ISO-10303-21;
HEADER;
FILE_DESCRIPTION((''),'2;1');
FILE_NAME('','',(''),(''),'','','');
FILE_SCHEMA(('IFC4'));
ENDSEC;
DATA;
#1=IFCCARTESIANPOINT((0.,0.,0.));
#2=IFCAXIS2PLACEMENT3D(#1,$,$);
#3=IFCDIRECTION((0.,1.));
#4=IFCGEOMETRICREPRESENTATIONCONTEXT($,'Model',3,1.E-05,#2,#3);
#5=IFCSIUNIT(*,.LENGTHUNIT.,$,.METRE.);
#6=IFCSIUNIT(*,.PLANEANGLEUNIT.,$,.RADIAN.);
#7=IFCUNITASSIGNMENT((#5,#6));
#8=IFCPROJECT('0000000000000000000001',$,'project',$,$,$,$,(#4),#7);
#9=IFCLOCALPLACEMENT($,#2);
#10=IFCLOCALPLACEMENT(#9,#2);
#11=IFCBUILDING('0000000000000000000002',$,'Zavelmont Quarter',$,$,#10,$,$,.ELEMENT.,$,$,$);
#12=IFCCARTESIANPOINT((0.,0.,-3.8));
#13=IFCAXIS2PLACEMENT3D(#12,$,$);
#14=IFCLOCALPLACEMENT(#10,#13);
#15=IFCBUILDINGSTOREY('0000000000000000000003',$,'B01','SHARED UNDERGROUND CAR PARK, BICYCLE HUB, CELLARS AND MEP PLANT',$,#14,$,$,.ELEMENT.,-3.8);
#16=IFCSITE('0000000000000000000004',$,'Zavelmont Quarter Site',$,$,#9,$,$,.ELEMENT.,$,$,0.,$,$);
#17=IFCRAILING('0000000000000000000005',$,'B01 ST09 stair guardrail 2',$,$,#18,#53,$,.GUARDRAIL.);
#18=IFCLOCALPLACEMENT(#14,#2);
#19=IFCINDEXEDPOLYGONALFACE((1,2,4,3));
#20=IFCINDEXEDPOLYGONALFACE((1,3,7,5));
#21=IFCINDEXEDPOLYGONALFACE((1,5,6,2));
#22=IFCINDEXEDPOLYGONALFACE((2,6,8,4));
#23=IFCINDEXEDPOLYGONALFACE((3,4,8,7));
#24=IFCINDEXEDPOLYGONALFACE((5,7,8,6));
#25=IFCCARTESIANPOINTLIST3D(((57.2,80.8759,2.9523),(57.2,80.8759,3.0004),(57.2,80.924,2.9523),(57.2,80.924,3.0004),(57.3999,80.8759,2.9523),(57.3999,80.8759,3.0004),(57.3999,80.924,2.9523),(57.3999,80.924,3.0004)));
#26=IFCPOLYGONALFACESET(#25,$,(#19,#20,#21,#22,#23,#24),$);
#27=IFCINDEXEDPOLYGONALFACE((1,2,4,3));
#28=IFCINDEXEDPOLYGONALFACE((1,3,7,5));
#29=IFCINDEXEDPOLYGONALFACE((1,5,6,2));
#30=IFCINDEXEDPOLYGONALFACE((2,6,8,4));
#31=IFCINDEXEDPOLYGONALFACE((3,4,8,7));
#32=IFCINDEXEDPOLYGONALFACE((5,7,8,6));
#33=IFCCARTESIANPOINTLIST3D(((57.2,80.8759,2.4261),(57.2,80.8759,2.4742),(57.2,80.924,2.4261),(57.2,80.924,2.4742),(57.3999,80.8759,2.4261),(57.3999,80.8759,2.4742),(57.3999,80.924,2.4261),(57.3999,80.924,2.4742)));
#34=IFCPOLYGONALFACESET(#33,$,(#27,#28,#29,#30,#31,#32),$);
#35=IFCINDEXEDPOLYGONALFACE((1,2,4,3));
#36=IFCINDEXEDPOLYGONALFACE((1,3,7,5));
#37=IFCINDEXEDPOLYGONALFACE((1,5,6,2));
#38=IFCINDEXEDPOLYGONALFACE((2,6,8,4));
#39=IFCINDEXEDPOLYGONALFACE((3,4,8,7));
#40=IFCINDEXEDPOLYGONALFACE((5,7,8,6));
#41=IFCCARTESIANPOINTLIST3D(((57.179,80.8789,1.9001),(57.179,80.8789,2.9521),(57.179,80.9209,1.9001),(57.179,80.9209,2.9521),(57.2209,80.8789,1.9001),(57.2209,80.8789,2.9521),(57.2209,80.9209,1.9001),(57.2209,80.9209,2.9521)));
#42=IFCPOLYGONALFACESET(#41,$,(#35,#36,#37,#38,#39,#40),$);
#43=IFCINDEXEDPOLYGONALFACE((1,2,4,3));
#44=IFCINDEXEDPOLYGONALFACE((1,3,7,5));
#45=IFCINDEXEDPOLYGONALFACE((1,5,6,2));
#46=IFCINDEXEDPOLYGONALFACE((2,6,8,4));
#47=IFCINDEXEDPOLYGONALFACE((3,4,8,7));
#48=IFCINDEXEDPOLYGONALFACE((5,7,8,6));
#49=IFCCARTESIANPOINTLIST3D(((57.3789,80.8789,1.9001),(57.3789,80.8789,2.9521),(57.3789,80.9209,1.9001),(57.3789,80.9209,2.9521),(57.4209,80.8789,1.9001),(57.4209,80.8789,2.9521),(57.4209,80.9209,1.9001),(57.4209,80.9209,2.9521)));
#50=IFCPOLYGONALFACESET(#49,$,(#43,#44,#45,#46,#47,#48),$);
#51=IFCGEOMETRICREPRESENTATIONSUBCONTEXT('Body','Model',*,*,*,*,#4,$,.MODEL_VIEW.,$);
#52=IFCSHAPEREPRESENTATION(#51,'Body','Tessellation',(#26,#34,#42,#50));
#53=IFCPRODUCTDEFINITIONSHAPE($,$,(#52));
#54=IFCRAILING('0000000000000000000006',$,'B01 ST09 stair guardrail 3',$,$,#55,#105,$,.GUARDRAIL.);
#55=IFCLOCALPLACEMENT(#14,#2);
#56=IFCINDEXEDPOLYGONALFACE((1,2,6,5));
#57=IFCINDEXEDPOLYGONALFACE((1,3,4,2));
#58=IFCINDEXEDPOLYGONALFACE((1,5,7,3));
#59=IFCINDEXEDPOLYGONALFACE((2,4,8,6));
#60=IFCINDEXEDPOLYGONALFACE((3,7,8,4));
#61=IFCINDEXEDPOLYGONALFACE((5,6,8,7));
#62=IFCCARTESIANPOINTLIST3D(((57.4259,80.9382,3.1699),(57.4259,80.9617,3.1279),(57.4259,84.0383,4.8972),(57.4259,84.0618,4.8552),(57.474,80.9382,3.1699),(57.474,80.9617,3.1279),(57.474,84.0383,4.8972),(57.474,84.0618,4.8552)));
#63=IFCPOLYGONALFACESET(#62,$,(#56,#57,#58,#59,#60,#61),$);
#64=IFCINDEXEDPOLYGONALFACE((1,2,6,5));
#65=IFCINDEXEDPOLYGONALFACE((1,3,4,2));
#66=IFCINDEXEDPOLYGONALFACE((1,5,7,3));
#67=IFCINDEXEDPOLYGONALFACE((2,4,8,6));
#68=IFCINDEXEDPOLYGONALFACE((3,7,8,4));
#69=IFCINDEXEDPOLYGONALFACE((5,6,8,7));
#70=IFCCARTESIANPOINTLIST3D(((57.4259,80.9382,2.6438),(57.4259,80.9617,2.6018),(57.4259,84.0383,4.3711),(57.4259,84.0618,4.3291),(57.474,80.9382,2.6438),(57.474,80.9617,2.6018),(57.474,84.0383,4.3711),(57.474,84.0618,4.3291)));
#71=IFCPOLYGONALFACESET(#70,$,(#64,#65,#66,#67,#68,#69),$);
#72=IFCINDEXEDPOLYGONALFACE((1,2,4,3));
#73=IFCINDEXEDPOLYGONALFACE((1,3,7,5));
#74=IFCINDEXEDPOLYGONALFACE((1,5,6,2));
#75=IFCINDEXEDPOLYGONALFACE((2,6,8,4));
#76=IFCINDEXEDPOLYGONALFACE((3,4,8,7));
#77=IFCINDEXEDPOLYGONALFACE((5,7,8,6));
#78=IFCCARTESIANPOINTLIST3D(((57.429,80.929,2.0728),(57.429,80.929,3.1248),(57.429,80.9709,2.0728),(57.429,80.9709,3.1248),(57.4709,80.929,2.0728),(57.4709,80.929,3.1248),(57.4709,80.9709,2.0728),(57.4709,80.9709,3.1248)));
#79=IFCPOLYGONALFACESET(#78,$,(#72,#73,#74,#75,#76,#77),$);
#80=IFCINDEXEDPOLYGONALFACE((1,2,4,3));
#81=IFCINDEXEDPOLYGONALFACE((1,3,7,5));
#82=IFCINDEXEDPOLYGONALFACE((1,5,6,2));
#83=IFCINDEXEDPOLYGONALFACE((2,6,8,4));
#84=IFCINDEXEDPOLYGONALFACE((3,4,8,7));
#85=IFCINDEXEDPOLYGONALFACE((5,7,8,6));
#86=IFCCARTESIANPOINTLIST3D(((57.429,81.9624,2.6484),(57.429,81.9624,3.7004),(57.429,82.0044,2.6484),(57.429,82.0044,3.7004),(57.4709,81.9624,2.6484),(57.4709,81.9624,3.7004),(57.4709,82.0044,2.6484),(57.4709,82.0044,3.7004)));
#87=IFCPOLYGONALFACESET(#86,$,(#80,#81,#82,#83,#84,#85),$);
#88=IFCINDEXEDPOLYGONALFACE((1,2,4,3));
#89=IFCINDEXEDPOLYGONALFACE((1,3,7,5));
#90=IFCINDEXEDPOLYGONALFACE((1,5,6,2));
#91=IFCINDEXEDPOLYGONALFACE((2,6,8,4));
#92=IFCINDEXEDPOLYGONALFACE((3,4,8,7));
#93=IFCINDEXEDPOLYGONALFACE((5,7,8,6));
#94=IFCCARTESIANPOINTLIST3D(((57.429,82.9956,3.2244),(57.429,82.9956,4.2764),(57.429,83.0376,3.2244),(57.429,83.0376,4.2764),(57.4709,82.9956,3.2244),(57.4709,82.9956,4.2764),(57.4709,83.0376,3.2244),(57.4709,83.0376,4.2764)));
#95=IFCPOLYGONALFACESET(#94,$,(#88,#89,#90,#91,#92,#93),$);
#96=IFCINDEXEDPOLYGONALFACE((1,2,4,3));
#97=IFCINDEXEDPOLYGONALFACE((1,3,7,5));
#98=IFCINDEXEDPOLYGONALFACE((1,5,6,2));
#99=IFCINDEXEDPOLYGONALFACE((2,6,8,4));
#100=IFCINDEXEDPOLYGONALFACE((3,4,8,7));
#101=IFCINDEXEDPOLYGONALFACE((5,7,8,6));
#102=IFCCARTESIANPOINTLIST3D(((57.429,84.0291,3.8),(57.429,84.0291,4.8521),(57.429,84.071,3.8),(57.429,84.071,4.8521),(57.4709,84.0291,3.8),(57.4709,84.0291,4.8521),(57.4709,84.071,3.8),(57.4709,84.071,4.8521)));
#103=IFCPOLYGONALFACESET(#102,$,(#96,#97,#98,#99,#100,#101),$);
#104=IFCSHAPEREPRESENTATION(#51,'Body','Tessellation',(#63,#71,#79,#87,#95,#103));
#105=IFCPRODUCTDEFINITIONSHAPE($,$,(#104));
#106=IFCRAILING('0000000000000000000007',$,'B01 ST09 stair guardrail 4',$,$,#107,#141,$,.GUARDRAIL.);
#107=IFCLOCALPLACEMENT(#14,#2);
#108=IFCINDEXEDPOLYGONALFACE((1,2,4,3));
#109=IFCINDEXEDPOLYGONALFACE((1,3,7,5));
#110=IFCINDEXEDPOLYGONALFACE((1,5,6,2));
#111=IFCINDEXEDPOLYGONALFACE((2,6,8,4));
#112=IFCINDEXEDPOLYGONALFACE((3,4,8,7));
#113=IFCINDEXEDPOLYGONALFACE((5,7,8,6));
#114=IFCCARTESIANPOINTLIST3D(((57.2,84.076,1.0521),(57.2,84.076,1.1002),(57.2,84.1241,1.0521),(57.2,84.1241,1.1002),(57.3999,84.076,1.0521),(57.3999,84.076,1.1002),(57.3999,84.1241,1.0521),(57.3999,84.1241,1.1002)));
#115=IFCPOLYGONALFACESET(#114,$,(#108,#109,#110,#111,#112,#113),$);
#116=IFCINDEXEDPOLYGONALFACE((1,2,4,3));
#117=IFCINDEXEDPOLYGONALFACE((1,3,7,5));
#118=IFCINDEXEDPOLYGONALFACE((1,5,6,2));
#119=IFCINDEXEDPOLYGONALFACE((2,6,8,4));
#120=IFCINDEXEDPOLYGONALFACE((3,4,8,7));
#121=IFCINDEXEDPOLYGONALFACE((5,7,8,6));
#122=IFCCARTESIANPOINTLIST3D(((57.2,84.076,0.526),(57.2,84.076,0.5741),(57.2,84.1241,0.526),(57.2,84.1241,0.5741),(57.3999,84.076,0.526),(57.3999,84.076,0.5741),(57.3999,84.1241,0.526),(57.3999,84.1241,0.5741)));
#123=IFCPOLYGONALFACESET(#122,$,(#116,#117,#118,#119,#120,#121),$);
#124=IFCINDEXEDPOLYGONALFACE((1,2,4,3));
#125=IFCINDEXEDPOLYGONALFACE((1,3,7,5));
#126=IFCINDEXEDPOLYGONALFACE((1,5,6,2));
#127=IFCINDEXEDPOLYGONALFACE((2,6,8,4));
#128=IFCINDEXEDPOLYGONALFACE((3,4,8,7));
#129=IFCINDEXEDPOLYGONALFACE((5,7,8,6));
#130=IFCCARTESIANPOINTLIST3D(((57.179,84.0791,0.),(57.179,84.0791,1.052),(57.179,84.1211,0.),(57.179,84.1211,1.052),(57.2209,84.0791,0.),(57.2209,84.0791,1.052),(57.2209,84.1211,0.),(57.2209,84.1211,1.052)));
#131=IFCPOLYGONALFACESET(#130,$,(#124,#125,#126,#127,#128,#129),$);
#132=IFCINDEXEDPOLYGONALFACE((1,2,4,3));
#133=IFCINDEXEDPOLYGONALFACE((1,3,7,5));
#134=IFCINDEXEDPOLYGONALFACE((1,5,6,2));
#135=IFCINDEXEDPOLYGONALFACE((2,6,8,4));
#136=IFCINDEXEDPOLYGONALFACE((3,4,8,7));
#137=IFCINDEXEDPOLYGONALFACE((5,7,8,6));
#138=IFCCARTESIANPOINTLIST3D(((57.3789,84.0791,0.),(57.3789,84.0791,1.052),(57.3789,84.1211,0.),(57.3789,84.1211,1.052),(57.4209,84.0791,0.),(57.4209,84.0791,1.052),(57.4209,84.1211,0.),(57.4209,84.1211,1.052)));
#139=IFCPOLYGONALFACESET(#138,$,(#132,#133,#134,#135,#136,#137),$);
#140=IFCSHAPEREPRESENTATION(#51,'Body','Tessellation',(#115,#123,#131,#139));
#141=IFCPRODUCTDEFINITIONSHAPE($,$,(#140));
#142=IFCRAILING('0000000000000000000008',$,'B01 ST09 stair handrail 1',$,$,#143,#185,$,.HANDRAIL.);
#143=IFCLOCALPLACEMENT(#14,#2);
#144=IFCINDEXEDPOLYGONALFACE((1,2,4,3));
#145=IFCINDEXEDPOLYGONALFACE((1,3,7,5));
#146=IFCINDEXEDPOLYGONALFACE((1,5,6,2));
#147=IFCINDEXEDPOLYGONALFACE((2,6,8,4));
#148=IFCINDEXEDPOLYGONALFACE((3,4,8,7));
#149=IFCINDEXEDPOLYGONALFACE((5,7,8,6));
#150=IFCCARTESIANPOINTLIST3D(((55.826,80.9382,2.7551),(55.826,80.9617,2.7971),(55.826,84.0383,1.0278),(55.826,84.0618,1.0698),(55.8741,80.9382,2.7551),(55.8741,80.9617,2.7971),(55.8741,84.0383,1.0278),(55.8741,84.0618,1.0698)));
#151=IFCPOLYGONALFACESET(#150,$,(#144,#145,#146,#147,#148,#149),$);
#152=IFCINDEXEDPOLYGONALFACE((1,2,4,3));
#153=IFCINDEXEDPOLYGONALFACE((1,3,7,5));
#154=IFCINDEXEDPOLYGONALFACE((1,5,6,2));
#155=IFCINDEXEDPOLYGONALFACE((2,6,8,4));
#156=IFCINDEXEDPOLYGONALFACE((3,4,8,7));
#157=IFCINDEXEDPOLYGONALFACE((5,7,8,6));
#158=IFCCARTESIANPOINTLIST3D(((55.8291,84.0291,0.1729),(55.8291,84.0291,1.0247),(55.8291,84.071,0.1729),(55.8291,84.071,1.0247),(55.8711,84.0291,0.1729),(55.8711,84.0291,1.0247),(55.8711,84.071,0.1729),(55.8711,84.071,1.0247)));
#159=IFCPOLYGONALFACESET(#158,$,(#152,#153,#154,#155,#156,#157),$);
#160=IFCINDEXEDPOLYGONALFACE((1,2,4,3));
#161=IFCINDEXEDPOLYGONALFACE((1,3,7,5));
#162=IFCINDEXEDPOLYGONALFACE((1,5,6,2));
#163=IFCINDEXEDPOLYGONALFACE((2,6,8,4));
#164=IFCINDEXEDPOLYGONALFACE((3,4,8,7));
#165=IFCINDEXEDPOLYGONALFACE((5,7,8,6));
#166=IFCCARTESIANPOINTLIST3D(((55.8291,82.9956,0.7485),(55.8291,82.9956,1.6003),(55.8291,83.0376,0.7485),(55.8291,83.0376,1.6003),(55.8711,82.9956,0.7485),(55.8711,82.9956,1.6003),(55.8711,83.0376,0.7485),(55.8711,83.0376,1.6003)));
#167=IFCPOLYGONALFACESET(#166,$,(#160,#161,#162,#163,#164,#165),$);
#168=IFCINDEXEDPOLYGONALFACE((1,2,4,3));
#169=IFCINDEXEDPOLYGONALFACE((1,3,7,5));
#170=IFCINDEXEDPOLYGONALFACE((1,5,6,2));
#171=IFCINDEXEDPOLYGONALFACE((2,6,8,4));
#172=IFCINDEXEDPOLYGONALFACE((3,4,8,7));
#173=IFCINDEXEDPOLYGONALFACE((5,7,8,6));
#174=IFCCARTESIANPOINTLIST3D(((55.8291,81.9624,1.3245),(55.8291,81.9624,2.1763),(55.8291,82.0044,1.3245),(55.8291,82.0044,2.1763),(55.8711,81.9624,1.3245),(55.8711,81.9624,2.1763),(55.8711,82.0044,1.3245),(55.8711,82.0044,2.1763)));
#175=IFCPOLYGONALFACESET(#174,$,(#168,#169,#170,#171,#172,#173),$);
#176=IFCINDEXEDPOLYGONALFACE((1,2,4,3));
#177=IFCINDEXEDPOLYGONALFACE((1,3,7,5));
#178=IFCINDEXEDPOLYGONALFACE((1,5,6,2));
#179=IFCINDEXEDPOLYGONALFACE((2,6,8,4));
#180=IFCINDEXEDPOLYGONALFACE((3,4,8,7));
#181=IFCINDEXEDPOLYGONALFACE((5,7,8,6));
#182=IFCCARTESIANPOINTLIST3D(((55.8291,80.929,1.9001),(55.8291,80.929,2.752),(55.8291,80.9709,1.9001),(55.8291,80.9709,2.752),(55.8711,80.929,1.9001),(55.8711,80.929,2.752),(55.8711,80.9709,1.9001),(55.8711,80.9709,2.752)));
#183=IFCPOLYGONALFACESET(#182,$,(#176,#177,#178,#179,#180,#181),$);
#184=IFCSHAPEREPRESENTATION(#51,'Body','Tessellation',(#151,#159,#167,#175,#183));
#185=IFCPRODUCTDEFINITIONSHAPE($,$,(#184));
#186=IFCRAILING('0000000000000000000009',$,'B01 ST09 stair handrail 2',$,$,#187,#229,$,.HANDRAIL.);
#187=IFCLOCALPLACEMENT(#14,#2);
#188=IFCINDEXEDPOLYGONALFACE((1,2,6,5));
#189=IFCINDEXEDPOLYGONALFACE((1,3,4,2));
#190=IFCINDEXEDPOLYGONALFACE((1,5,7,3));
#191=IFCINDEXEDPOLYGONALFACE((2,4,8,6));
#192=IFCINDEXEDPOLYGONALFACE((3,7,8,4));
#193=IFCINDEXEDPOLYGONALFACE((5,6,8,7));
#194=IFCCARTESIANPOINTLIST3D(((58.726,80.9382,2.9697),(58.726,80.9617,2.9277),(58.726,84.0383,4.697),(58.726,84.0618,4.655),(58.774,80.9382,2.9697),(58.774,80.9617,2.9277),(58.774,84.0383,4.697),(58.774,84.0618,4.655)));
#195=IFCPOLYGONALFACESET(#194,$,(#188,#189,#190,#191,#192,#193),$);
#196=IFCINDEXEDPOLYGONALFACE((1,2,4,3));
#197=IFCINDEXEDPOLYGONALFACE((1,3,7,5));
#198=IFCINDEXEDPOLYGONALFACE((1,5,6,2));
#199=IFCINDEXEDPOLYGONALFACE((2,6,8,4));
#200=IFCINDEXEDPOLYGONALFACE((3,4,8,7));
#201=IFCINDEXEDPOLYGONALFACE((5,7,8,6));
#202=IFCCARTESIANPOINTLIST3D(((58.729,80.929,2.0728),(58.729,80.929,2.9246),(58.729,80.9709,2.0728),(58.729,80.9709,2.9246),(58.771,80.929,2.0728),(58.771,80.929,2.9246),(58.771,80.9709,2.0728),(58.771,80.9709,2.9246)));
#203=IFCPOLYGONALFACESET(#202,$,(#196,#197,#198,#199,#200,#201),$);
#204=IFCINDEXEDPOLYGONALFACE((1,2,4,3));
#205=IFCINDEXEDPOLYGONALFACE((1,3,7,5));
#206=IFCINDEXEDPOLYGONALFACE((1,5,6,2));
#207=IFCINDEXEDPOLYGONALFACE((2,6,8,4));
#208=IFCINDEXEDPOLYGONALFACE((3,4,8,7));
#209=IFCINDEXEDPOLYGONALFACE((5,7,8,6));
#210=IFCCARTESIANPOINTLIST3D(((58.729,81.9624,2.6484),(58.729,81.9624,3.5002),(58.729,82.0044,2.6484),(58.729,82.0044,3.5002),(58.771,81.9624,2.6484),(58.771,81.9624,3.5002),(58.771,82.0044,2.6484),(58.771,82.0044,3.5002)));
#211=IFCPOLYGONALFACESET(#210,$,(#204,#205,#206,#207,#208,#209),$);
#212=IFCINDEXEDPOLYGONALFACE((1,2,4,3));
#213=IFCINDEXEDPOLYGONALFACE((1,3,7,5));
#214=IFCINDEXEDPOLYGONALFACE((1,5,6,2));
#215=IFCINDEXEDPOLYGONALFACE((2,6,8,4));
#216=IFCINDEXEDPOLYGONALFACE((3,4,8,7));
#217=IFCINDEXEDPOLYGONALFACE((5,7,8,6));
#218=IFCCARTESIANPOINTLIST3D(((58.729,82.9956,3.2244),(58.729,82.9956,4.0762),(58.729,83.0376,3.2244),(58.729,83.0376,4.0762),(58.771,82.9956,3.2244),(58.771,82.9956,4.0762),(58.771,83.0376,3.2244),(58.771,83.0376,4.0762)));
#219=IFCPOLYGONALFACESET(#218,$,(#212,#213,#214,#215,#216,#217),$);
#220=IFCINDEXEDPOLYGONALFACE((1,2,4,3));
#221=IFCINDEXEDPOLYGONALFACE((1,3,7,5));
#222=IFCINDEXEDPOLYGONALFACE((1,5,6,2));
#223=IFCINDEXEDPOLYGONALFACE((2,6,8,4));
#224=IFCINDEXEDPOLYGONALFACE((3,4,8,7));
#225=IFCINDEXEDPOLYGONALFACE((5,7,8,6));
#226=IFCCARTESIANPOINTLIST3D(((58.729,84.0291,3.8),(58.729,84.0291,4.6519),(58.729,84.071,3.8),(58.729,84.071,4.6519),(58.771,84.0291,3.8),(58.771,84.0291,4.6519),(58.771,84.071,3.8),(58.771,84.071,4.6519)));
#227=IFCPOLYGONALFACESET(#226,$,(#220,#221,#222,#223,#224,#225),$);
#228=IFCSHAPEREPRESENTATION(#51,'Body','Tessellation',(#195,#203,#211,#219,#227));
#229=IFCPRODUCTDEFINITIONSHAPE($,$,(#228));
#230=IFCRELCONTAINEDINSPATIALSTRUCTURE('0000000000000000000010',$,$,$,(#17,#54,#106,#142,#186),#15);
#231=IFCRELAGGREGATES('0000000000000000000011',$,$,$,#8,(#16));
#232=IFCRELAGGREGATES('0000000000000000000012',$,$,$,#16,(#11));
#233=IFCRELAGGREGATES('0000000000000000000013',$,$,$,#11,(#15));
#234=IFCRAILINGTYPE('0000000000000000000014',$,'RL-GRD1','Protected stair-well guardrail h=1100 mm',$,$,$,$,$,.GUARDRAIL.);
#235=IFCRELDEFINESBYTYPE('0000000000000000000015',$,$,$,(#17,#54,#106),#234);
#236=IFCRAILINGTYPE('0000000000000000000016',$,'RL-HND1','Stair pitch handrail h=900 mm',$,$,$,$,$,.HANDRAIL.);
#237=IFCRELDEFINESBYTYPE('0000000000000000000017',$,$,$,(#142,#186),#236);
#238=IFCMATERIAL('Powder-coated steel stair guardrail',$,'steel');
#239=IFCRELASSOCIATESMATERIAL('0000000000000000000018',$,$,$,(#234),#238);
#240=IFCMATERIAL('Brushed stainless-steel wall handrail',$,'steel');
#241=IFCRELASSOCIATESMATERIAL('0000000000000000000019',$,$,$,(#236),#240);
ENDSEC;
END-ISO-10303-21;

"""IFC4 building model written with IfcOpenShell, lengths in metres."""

from ifc_helpers import new_model, si_unit, direction, frame, origin, origin_2d, place, context, subcontext, project, spatial, rectangle, extrude, material, type_object, element, save


model = new_model("IFC4")

# Units and contexts
model_context = context("Model", 3, precision=1e-05, world=origin(), true_north=direction((0.0, 1.0)))
body_context = subcontext(model_context, "Body", "Model", "MODEL_VIEW")
ifc_project = project(units=[si_unit("LENGTHUNIT", "METRE"), si_unit("PLANEANGLEUNIT", "RADIAN")], contexts=[model_context])

# Site, building, storey
site_placement = place(None, origin())
site = spatial("IfcSite", under=ifc_project, at=site_placement, Name="Zavelmont Quarter Site", CompositionType="ELEMENT", RefElevation=0.0)
building_placement = place(site_placement, origin())
building = spatial("IfcBuilding", under=site, at=building_placement, Name="Zavelmont Quarter", CompositionType="ELEMENT")
storey_placement = place(building_placement, frame((0.0, 0.0, -3.8)))
storey = spatial("IfcBuildingStorey", under=building, at=storey_placement, Name="B01", Description="SHARED UNDERGROUND CAR PARK, BICYCLE HUB, CELLARS AND MEP PLANT", CompositionType="ELEMENT", Elevation=-3.8)

# Railings
ifc_material_1 = material(Name="Powder-coated steel stair guardrail", Category="steel")
railing_type_1 = type_object("IfcRailingType", Name="RL-GRD1", Description="Protected stair-well guardrail h=1100 mm", PredefinedType="GUARDRAIL", material=ifc_material_1)
railing_1_placement = place(storey_placement, frame((57.2, 80.8999, 1.9001)))
element("IfcRailing", 1, at=railing_1_placement, inside=storey, type_object=railing_type_1, Name="B01 ST09 stair guardrail 2", PredefinedType="GUARDRAIL", context=body_context, shape_type="SweptSolid", body=[
    extrude(rectangle(XDim=0.0481, YDim=0.0481, at=origin_2d()), frame((0.0, 0.0, 1.0762), z_axis=(1.0, 0.0, 0.0), x_axis=(0.0, 1.0, 0.0)), (0.0, 0.0, 1.0), 0.2),
    extrude(rectangle(XDim=0.0481, YDim=0.0481, at=origin_2d()), frame((0.0, 0.0, 0.55), z_axis=(1.0, 0.0, 0.0), x_axis=(0.0, 1.0, 0.0)), (0.0, 0.0, 1.0), 0.2),
    extrude(rectangle(XDim=0.042, YDim=0.042, at=origin_2d()), origin(), (0.0, 0.0, 1.0), 1.052),
    extrude(rectangle(XDim=0.042, YDim=0.042, at=origin_2d()), frame((0.2, 0.0, 0.0)), (0.0, 0.0, 1.0), 1.052),
])
railing_2_placement = place(storey_placement, frame((57.45, 80.95, 2.0728)))
element("IfcRailing", 2, at=railing_2_placement, inside=storey, type_object=railing_type_1, Name="B01 ST09 stair guardrail 3", PredefinedType="GUARDRAIL", context=body_context, shape_type="SweptSolid", body=[
    extrude(rectangle(XDim=0.0481, YDim=0.0481, at=origin_2d()), frame((0.0, 0.0, 1.0762), z_axis=(0.0, 0.873556, 0.486723), x_axis=(-1.0, 0.0, 0.0)), (0.0, 0.0, 1.0), 3.5488),
    extrude(rectangle(XDim=0.0481, YDim=0.0481, at=origin_2d()), frame((0.0, 0.0, 0.55), z_axis=(0.0, 0.873556, 0.486723), x_axis=(-1.0, 0.0, 0.0)), (0.0, 0.0, 1.0), 3.5488),
    extrude(rectangle(XDim=0.042, YDim=0.042, at=origin_2d()), origin(), (0.0, 0.0, 1.0), 1.052),
    extrude(rectangle(XDim=0.042, YDim=0.042, at=origin_2d()), frame((0.0, 1.0334, 0.5757)), (0.0, 0.0, 1.0), 1.052),
    extrude(rectangle(XDim=0.042, YDim=0.042, at=origin_2d()), frame((0.0, 2.0667, 1.1516)), (0.0, 0.0, 1.0), 1.052),
    extrude(rectangle(XDim=0.042, YDim=0.042, at=origin_2d()), frame((0.0, 3.1001, 1.7273)), (0.0, 0.0, 1.0), 1.052),
])
railing_3_placement = place(storey_placement, frame((57.2, 84.1001, 0.0)))
element("IfcRailing", 3, at=railing_3_placement, inside=storey, type_object=railing_type_1, Name="B01 ST09 stair guardrail 4", PredefinedType="GUARDRAIL", context=body_context, shape_type="SweptSolid", body=[
    extrude(rectangle(XDim=0.0481, YDim=0.0481, at=origin_2d()), frame((0.0, 0.0, 1.0762), z_axis=(1.0, 0.0, 0.0), x_axis=(0.0, 1.0, 0.0)), (0.0, 0.0, 1.0), 0.2),
    extrude(rectangle(XDim=0.0481, YDim=0.0481, at=origin_2d()), frame((0.0, 0.0, 0.55), z_axis=(1.0, 0.0, 0.0), x_axis=(0.0, 1.0, 0.0)), (0.0, 0.0, 1.0), 0.2),
    extrude(rectangle(XDim=0.042, YDim=0.042, at=origin_2d()), origin(), (0.0, 0.0, 1.0), 1.052),
    extrude(rectangle(XDim=0.042, YDim=0.042, at=origin_2d()), frame((0.2, 0.0, 0.0)), (0.0, 0.0, 1.0), 1.052),
])
ifc_material_2 = material(Name="Brushed stainless-steel wall handrail", Category="steel")
railing_type_2 = type_object("IfcRailingType", Name="RL-HND1", Description="Stair pitch handrail h=900 mm", PredefinedType="HANDRAIL", material=ifc_material_2)
railing_4_placement = place(storey_placement, frame((55.8501, 84.05, 0.1729)))
element("IfcRailing", 4, at=railing_4_placement, inside=storey, type_object=railing_type_2, Name="B01 ST09 stair handrail 1", PredefinedType="HANDRAIL", context=body_context, shape_type="SweptSolid", body=[
    extrude(rectangle(XDim=0.0481, YDim=0.0481, at=origin_2d()), frame((0.0, 0.0, 0.876), z_axis=(0.0, -0.873556, 0.486723), x_axis=(1.0, 0.0, 0.0)), (0.0, 0.0, 1.0), 3.5488),
    extrude(rectangle(XDim=0.042, YDim=0.042, at=origin_2d()), origin(), (0.0, 0.0, 1.0), 0.8518),
    extrude(rectangle(XDim=0.042, YDim=0.042, at=origin_2d()), frame((0.0, -1.0334, 0.5757)), (0.0, 0.0, 1.0), 0.8518),
    extrude(rectangle(XDim=0.042, YDim=0.042, at=origin_2d()), frame((0.0, -2.0667, 1.1516)), (0.0, 0.0, 1.0), 0.8518),
    extrude(rectangle(XDim=0.042, YDim=0.042, at=origin_2d()), frame((0.0, -3.1001, 1.7273)), (0.0, 0.0, 1.0), 0.8518),
])
railing_5_placement = place(storey_placement, frame((58.75, 80.95, 2.0728)))
element("IfcRailing", 5, at=railing_5_placement, inside=storey, type_object=railing_type_2, Name="B01 ST09 stair handrail 2", PredefinedType="HANDRAIL", context=body_context, shape_type="SweptSolid", body=[
    extrude(rectangle(XDim=0.0481, YDim=0.0481, at=origin_2d()), frame((0.0, 0.0, 0.876), z_axis=(0.0, 0.873556, 0.486723), x_axis=(-1.0, 0.0, 0.0)), (0.0, 0.0, 1.0), 3.5488),
    extrude(rectangle(XDim=0.042, YDim=0.042, at=origin_2d()), origin(), (0.0, 0.0, 1.0), 0.8518),
    extrude(rectangle(XDim=0.042, YDim=0.042, at=origin_2d()), frame((0.0, 1.0334, 0.5757)), (0.0, 0.0, 1.0), 0.8518),
    extrude(rectangle(XDim=0.042, YDim=0.042, at=origin_2d()), frame((0.0, 2.0667, 1.1516)), (0.0, 0.0, 1.0), 0.8518),
    extrude(rectangle(XDim=0.042, YDim=0.042, at=origin_2d()), frame((0.0, 3.1001, 1.7273)), (0.0, 0.0, 1.0), 0.8518),
])

save(model, "model.ifc")
